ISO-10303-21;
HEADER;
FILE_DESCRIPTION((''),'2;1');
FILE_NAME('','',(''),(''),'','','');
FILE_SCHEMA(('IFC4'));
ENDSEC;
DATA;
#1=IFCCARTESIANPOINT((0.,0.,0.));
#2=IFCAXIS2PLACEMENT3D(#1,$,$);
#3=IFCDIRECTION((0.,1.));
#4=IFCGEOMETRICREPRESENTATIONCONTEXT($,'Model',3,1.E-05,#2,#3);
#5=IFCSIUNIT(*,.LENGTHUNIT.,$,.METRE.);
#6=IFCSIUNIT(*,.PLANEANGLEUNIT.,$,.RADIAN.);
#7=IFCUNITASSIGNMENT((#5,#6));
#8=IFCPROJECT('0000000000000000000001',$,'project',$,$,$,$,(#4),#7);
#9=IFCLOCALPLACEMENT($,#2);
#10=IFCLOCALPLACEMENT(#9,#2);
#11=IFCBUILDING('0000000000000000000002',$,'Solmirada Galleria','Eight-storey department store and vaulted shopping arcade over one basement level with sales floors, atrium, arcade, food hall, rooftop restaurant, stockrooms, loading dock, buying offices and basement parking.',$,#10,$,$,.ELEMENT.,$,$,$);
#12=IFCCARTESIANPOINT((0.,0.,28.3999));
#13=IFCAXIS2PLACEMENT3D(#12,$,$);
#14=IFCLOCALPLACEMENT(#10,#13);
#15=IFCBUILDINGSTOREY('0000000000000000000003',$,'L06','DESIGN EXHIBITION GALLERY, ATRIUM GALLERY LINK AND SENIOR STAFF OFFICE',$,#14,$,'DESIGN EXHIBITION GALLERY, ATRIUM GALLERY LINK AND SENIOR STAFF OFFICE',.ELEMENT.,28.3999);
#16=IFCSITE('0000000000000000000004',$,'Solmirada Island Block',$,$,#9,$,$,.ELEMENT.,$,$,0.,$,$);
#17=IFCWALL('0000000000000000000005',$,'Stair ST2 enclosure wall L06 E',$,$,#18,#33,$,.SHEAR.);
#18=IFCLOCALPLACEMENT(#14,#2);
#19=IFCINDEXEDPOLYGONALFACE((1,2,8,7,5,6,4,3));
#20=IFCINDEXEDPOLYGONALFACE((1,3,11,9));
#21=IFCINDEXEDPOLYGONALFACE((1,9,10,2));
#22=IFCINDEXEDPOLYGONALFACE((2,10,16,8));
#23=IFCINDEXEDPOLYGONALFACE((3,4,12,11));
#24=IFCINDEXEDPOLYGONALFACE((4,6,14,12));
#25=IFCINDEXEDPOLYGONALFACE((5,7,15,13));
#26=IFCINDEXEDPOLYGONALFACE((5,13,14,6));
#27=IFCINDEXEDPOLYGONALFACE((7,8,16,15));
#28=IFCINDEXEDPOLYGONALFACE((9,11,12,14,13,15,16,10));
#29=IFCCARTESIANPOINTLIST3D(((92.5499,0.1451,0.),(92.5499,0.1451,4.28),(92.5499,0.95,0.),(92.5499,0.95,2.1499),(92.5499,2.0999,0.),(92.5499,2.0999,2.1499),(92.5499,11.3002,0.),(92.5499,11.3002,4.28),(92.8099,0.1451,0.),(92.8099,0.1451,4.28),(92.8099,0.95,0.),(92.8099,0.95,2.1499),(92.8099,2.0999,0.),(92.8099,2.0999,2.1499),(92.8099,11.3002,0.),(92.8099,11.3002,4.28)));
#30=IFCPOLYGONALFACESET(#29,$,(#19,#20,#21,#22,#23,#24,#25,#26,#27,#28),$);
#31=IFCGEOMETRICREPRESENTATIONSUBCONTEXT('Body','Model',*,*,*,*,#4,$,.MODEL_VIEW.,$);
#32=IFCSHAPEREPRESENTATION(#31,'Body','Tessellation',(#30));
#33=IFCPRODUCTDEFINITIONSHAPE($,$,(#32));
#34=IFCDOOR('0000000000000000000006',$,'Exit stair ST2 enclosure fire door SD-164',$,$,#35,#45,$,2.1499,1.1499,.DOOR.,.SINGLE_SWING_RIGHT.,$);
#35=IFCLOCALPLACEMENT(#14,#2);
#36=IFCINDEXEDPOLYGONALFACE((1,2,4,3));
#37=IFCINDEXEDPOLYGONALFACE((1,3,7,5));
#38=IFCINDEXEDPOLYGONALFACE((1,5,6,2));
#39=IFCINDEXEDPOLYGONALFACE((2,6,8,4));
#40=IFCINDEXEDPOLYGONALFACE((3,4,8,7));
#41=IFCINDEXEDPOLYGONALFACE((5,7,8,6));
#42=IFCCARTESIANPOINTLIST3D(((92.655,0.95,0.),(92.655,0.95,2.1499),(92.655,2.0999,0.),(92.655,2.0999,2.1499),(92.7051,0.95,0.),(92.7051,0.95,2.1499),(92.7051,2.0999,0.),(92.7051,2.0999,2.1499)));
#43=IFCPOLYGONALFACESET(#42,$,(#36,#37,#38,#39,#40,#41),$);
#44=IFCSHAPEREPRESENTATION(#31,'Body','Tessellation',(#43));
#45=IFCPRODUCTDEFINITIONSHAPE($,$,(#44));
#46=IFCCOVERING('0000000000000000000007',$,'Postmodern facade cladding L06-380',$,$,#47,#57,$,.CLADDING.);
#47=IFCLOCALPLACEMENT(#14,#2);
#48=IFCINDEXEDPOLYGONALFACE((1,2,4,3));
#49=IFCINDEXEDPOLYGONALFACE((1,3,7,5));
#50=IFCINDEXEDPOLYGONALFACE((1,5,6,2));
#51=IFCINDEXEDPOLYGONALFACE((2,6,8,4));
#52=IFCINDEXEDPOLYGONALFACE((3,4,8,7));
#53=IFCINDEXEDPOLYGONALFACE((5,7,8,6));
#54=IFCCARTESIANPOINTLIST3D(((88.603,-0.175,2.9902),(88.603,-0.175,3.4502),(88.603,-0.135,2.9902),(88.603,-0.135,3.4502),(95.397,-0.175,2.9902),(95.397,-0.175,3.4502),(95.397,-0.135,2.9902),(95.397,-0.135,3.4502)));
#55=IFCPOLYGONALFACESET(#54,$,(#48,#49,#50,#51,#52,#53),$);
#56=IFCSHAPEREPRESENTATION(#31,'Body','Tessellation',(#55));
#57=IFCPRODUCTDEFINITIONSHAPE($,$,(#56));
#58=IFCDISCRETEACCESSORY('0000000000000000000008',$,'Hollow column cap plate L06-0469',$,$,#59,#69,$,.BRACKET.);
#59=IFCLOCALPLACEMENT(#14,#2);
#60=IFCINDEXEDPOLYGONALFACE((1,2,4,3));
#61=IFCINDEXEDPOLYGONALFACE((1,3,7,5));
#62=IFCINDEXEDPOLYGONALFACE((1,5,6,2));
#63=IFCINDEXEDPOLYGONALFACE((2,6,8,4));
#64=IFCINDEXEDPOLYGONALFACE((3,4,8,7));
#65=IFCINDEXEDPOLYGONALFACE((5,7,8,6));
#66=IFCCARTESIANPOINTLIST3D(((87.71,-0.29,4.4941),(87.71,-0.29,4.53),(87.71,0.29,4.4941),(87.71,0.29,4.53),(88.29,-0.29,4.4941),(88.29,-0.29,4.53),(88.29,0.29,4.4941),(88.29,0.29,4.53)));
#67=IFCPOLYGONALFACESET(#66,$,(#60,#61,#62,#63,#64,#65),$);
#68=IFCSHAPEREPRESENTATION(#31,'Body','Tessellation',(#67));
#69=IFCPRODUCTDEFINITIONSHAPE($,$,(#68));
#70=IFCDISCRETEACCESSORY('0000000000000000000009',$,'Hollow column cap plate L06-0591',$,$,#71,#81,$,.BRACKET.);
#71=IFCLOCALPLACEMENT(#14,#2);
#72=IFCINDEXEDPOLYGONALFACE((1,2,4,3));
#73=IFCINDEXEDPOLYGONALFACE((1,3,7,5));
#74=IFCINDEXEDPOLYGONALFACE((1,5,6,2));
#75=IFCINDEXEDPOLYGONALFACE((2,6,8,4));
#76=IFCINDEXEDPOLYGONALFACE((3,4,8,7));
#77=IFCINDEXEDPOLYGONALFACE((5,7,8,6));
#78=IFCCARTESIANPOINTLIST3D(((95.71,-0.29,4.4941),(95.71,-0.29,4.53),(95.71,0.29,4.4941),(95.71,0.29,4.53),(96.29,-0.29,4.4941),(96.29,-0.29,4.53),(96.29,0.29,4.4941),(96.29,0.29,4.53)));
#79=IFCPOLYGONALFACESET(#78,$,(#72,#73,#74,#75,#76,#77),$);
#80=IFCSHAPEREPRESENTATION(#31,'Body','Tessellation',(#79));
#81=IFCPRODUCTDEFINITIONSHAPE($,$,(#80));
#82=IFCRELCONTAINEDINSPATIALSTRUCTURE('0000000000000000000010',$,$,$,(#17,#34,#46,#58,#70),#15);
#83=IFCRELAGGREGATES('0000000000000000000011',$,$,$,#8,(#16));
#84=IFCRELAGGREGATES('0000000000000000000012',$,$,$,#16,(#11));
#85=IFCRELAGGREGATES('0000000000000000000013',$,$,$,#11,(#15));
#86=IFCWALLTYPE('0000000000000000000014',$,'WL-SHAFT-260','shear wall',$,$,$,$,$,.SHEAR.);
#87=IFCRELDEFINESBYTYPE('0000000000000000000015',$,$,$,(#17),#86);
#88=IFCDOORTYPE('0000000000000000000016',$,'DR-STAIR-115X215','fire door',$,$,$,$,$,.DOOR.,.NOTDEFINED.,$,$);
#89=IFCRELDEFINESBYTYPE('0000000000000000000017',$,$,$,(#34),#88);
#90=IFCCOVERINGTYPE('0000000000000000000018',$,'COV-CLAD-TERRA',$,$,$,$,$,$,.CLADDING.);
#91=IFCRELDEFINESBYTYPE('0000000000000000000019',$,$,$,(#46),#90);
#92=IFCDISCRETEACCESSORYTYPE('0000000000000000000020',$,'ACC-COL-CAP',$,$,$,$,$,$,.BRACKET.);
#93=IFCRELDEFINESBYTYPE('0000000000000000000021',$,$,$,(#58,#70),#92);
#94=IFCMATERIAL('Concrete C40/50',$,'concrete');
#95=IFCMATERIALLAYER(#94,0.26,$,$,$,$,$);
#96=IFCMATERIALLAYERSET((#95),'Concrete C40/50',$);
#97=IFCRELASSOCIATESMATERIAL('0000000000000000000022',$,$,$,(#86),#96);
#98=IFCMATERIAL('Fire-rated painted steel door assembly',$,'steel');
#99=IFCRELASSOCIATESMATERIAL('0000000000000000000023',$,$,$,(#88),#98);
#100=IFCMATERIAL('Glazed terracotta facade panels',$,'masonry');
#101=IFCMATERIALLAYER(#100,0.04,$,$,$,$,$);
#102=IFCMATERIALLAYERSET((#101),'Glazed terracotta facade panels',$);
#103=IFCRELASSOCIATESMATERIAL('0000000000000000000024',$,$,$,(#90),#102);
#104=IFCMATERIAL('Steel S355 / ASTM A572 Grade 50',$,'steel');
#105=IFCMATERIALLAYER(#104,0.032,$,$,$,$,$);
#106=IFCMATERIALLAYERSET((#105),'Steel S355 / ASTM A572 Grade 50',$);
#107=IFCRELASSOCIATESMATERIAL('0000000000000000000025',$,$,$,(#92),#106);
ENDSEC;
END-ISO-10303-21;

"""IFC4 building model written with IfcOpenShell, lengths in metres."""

from ifc_helpers import new_model, si_unit, direction, frame, frame_2d, origin, origin_2d, place, context, subcontext, project, spatial, rectangle, extrude, material, layer, layer_set, type_object, element, fill, save


model = new_model("IFC4")

# Units and contexts
model_context = context("Model", 3, precision=1e-05, world=origin(), true_north=direction((0.0, 1.0)))
body_context = subcontext(model_context, "Body", "Model", "MODEL_VIEW")
ifc_project = project(units=[si_unit("LENGTHUNIT", "METRE"), si_unit("PLANEANGLEUNIT", "RADIAN")], contexts=[model_context])

# Site, building, storey
site_placement = place(None, origin())
site = spatial("IfcSite", under=ifc_project, at=site_placement, Name="Solmirada Island Block", CompositionType="ELEMENT", RefElevation=0.0)
building_placement = place(site_placement, origin())
building = spatial("IfcBuilding", under=site, at=building_placement, Name="Solmirada Galleria", Description="Eight-storey department store and vaulted shopping arcade over one basement level with sales floors, atrium, arcade, food hall, rooftop restaurant, stockrooms, loading dock, buying offices and basement parking.", CompositionType="ELEMENT")
storey_placement = place(building_placement, frame((0.0, 0.0, 28.3999)))
storey = spatial("IfcBuildingStorey", under=building, at=storey_placement, Name="L06", Description="DESIGN EXHIBITION GALLERY, ATRIUM GALLERY LINK AND SENIOR STAFF OFFICE", LongName="DESIGN EXHIBITION GALLERY, ATRIUM GALLERY LINK AND SENIOR STAFF OFFICE", CompositionType="ELEMENT", Elevation=28.3999)

# Shared definitions
ifc_material_1 = material(Name="Concrete C40/50", Category="concrete")

# Shared definitions
ifc_material_2 = material(Name="Fire-rated painted steel door assembly", Category="steel")

# Shared definitions
ifc_layer_1 = layer(ifc_material_1, 0.26)
ifc_layer_set_1 = layer_set([ifc_layer_1], Name="Concrete C40/50")
wall_type_1 = type_object("IfcWallType", Name="WL-SHAFT-260", Description="shear wall", PredefinedType="SHEAR", material=ifc_layer_set_1)

# Wall, opening, door
wall_1_placement = place(storey_placement, frame((92.6799, 0.145, 0.0), z_axis=(0.0, 0.0, 1.0), x_axis=(0.0, 1.0, 0.0)))
wall_1 = element("IfcWall", 1, at=wall_1_placement, inside=storey, type_object=wall_type_1, Name="Stair ST2 enclosure wall L06 E", PredefinedType="SHEAR", context=body_context, shape_type="SweptSolid", body=[
    extrude(rectangle(XDim=11.155, YDim=0.26, at=frame_2d((5.5776, 0.0))), origin(), (0.0, 0.0, 1.0), 4.28),
])
opening_1_placement = place(wall_1_placement, frame((0.8049, 0.0, 0.0)))
opening_1 = element("IfcOpeningElement", 2, at=opening_1_placement, cuts=wall_1, PredefinedType="OPENING", context=body_context, shape_type="SweptSolid", body=[
    extrude(rectangle(XDim=1.1499, YDim=2.1499, at=frame_2d((0.575, 1.075))), frame((0.0, 0.1399, 0.0), z_axis=(0.0, -1.0, 0.0), x_axis=(1.0, 0.0, 0.0)), (0.0, 0.0, 1.0), 0.28),
])
door_type_1 = type_object("IfcDoorType", Name="DR-STAIR-115X215", Description="fire door", OperationType="NOTDEFINED", PredefinedType="DOOR", material=ifc_material_2)
door_1_placement = place(opening_1_placement, origin())
door_1 = element("IfcDoor", 3, at=door_1_placement, inside=storey, type_object=door_type_1, Name="Exit stair ST2 enclosure fire door SD-164", OperationType="SINGLE_SWING_RIGHT", OverallHeight=2.1499, OverallWidth=1.1499, PredefinedType="DOOR", context=body_context, shape_type="SweptSolid", body=[
    extrude(rectangle(XDim=1.1499, YDim=2.1499, at=frame_2d((0.575, 1.075))), frame((0.0, 0.0249, 0.0), z_axis=(0.0, -1.0, 0.0), x_axis=(1.0, 0.0, 0.0)), (0.0, 0.0, 1.0), 0.05),
])
fill(opening_1, door_1)

# Covering
ifc_material_3 = material(Name="Glazed terracotta facade panels", Category="masonry")
ifc_layer_2 = layer(ifc_material_3, 0.04)
ifc_layer_set_2 = layer_set([ifc_layer_2], Name="Glazed terracotta facade panels")
covering_type = type_object("IfcCoveringType", Name="COV-CLAD-TERRA", PredefinedType="CLADDING", material=ifc_layer_set_2)
covering_placement = place(storey_placement, frame((92.0, -0.155, 2.9902), z_axis=(0.0, 0.0, 1.0), x_axis=(-1.0, 0.0, 0.0)))
element("IfcCovering", 4, at=covering_placement, inside=storey, type_object=covering_type, Name="Postmodern facade cladding L06-380", PredefinedType="CLADDING", context=body_context, shape_type="SweptSolid", body=[
    extrude(rectangle(XDim=6.7939, YDim=0.04, at=origin_2d()), origin(), (0.0, 0.0, 1.0), 0.46),
])

# Discrete accessories
ifc_material_4 = material(Name="Steel S355 / ASTM A572 Grade 50", Category="steel")
ifc_layer_3 = layer(ifc_material_4, 0.032)
ifc_layer_set_3 = layer_set([ifc_layer_3], Name="Steel S355 / ASTM A572 Grade 50")
discrete_accessory_type = type_object("IfcDiscreteAccessoryType", Name="ACC-COL-CAP", PredefinedType="BRACKET", material=ifc_layer_set_3)
for number, where, z_axis, x_axis, name in (
    (5, (88.0, 0.0, 4.4941), (0.0, 0.0, 1.0), (1.0, 0.0, 0.0), "Hollow column cap plate L06-0469"),
    (6, (96.0, 0.0, 4.4941), (0.0, 0.0, 1.0), (1.0, 0.0, 0.0), "Hollow column cap plate L06-0591"),
):
    element("IfcDiscreteAccessory", number, at=place(storey_placement, frame(where, z_axis=z_axis, x_axis=x_axis)), inside=storey, type_object=discrete_accessory_type, Name=name, PredefinedType="BRACKET", context=body_context, shape_type="SweptSolid", body=[
        extrude(rectangle(XDim=0.5801, YDim=0.5801, at=origin_2d()), origin(), (0.0, 0.0, 1.0), 0.0359),
    ])

save(model, "model.ifc")
